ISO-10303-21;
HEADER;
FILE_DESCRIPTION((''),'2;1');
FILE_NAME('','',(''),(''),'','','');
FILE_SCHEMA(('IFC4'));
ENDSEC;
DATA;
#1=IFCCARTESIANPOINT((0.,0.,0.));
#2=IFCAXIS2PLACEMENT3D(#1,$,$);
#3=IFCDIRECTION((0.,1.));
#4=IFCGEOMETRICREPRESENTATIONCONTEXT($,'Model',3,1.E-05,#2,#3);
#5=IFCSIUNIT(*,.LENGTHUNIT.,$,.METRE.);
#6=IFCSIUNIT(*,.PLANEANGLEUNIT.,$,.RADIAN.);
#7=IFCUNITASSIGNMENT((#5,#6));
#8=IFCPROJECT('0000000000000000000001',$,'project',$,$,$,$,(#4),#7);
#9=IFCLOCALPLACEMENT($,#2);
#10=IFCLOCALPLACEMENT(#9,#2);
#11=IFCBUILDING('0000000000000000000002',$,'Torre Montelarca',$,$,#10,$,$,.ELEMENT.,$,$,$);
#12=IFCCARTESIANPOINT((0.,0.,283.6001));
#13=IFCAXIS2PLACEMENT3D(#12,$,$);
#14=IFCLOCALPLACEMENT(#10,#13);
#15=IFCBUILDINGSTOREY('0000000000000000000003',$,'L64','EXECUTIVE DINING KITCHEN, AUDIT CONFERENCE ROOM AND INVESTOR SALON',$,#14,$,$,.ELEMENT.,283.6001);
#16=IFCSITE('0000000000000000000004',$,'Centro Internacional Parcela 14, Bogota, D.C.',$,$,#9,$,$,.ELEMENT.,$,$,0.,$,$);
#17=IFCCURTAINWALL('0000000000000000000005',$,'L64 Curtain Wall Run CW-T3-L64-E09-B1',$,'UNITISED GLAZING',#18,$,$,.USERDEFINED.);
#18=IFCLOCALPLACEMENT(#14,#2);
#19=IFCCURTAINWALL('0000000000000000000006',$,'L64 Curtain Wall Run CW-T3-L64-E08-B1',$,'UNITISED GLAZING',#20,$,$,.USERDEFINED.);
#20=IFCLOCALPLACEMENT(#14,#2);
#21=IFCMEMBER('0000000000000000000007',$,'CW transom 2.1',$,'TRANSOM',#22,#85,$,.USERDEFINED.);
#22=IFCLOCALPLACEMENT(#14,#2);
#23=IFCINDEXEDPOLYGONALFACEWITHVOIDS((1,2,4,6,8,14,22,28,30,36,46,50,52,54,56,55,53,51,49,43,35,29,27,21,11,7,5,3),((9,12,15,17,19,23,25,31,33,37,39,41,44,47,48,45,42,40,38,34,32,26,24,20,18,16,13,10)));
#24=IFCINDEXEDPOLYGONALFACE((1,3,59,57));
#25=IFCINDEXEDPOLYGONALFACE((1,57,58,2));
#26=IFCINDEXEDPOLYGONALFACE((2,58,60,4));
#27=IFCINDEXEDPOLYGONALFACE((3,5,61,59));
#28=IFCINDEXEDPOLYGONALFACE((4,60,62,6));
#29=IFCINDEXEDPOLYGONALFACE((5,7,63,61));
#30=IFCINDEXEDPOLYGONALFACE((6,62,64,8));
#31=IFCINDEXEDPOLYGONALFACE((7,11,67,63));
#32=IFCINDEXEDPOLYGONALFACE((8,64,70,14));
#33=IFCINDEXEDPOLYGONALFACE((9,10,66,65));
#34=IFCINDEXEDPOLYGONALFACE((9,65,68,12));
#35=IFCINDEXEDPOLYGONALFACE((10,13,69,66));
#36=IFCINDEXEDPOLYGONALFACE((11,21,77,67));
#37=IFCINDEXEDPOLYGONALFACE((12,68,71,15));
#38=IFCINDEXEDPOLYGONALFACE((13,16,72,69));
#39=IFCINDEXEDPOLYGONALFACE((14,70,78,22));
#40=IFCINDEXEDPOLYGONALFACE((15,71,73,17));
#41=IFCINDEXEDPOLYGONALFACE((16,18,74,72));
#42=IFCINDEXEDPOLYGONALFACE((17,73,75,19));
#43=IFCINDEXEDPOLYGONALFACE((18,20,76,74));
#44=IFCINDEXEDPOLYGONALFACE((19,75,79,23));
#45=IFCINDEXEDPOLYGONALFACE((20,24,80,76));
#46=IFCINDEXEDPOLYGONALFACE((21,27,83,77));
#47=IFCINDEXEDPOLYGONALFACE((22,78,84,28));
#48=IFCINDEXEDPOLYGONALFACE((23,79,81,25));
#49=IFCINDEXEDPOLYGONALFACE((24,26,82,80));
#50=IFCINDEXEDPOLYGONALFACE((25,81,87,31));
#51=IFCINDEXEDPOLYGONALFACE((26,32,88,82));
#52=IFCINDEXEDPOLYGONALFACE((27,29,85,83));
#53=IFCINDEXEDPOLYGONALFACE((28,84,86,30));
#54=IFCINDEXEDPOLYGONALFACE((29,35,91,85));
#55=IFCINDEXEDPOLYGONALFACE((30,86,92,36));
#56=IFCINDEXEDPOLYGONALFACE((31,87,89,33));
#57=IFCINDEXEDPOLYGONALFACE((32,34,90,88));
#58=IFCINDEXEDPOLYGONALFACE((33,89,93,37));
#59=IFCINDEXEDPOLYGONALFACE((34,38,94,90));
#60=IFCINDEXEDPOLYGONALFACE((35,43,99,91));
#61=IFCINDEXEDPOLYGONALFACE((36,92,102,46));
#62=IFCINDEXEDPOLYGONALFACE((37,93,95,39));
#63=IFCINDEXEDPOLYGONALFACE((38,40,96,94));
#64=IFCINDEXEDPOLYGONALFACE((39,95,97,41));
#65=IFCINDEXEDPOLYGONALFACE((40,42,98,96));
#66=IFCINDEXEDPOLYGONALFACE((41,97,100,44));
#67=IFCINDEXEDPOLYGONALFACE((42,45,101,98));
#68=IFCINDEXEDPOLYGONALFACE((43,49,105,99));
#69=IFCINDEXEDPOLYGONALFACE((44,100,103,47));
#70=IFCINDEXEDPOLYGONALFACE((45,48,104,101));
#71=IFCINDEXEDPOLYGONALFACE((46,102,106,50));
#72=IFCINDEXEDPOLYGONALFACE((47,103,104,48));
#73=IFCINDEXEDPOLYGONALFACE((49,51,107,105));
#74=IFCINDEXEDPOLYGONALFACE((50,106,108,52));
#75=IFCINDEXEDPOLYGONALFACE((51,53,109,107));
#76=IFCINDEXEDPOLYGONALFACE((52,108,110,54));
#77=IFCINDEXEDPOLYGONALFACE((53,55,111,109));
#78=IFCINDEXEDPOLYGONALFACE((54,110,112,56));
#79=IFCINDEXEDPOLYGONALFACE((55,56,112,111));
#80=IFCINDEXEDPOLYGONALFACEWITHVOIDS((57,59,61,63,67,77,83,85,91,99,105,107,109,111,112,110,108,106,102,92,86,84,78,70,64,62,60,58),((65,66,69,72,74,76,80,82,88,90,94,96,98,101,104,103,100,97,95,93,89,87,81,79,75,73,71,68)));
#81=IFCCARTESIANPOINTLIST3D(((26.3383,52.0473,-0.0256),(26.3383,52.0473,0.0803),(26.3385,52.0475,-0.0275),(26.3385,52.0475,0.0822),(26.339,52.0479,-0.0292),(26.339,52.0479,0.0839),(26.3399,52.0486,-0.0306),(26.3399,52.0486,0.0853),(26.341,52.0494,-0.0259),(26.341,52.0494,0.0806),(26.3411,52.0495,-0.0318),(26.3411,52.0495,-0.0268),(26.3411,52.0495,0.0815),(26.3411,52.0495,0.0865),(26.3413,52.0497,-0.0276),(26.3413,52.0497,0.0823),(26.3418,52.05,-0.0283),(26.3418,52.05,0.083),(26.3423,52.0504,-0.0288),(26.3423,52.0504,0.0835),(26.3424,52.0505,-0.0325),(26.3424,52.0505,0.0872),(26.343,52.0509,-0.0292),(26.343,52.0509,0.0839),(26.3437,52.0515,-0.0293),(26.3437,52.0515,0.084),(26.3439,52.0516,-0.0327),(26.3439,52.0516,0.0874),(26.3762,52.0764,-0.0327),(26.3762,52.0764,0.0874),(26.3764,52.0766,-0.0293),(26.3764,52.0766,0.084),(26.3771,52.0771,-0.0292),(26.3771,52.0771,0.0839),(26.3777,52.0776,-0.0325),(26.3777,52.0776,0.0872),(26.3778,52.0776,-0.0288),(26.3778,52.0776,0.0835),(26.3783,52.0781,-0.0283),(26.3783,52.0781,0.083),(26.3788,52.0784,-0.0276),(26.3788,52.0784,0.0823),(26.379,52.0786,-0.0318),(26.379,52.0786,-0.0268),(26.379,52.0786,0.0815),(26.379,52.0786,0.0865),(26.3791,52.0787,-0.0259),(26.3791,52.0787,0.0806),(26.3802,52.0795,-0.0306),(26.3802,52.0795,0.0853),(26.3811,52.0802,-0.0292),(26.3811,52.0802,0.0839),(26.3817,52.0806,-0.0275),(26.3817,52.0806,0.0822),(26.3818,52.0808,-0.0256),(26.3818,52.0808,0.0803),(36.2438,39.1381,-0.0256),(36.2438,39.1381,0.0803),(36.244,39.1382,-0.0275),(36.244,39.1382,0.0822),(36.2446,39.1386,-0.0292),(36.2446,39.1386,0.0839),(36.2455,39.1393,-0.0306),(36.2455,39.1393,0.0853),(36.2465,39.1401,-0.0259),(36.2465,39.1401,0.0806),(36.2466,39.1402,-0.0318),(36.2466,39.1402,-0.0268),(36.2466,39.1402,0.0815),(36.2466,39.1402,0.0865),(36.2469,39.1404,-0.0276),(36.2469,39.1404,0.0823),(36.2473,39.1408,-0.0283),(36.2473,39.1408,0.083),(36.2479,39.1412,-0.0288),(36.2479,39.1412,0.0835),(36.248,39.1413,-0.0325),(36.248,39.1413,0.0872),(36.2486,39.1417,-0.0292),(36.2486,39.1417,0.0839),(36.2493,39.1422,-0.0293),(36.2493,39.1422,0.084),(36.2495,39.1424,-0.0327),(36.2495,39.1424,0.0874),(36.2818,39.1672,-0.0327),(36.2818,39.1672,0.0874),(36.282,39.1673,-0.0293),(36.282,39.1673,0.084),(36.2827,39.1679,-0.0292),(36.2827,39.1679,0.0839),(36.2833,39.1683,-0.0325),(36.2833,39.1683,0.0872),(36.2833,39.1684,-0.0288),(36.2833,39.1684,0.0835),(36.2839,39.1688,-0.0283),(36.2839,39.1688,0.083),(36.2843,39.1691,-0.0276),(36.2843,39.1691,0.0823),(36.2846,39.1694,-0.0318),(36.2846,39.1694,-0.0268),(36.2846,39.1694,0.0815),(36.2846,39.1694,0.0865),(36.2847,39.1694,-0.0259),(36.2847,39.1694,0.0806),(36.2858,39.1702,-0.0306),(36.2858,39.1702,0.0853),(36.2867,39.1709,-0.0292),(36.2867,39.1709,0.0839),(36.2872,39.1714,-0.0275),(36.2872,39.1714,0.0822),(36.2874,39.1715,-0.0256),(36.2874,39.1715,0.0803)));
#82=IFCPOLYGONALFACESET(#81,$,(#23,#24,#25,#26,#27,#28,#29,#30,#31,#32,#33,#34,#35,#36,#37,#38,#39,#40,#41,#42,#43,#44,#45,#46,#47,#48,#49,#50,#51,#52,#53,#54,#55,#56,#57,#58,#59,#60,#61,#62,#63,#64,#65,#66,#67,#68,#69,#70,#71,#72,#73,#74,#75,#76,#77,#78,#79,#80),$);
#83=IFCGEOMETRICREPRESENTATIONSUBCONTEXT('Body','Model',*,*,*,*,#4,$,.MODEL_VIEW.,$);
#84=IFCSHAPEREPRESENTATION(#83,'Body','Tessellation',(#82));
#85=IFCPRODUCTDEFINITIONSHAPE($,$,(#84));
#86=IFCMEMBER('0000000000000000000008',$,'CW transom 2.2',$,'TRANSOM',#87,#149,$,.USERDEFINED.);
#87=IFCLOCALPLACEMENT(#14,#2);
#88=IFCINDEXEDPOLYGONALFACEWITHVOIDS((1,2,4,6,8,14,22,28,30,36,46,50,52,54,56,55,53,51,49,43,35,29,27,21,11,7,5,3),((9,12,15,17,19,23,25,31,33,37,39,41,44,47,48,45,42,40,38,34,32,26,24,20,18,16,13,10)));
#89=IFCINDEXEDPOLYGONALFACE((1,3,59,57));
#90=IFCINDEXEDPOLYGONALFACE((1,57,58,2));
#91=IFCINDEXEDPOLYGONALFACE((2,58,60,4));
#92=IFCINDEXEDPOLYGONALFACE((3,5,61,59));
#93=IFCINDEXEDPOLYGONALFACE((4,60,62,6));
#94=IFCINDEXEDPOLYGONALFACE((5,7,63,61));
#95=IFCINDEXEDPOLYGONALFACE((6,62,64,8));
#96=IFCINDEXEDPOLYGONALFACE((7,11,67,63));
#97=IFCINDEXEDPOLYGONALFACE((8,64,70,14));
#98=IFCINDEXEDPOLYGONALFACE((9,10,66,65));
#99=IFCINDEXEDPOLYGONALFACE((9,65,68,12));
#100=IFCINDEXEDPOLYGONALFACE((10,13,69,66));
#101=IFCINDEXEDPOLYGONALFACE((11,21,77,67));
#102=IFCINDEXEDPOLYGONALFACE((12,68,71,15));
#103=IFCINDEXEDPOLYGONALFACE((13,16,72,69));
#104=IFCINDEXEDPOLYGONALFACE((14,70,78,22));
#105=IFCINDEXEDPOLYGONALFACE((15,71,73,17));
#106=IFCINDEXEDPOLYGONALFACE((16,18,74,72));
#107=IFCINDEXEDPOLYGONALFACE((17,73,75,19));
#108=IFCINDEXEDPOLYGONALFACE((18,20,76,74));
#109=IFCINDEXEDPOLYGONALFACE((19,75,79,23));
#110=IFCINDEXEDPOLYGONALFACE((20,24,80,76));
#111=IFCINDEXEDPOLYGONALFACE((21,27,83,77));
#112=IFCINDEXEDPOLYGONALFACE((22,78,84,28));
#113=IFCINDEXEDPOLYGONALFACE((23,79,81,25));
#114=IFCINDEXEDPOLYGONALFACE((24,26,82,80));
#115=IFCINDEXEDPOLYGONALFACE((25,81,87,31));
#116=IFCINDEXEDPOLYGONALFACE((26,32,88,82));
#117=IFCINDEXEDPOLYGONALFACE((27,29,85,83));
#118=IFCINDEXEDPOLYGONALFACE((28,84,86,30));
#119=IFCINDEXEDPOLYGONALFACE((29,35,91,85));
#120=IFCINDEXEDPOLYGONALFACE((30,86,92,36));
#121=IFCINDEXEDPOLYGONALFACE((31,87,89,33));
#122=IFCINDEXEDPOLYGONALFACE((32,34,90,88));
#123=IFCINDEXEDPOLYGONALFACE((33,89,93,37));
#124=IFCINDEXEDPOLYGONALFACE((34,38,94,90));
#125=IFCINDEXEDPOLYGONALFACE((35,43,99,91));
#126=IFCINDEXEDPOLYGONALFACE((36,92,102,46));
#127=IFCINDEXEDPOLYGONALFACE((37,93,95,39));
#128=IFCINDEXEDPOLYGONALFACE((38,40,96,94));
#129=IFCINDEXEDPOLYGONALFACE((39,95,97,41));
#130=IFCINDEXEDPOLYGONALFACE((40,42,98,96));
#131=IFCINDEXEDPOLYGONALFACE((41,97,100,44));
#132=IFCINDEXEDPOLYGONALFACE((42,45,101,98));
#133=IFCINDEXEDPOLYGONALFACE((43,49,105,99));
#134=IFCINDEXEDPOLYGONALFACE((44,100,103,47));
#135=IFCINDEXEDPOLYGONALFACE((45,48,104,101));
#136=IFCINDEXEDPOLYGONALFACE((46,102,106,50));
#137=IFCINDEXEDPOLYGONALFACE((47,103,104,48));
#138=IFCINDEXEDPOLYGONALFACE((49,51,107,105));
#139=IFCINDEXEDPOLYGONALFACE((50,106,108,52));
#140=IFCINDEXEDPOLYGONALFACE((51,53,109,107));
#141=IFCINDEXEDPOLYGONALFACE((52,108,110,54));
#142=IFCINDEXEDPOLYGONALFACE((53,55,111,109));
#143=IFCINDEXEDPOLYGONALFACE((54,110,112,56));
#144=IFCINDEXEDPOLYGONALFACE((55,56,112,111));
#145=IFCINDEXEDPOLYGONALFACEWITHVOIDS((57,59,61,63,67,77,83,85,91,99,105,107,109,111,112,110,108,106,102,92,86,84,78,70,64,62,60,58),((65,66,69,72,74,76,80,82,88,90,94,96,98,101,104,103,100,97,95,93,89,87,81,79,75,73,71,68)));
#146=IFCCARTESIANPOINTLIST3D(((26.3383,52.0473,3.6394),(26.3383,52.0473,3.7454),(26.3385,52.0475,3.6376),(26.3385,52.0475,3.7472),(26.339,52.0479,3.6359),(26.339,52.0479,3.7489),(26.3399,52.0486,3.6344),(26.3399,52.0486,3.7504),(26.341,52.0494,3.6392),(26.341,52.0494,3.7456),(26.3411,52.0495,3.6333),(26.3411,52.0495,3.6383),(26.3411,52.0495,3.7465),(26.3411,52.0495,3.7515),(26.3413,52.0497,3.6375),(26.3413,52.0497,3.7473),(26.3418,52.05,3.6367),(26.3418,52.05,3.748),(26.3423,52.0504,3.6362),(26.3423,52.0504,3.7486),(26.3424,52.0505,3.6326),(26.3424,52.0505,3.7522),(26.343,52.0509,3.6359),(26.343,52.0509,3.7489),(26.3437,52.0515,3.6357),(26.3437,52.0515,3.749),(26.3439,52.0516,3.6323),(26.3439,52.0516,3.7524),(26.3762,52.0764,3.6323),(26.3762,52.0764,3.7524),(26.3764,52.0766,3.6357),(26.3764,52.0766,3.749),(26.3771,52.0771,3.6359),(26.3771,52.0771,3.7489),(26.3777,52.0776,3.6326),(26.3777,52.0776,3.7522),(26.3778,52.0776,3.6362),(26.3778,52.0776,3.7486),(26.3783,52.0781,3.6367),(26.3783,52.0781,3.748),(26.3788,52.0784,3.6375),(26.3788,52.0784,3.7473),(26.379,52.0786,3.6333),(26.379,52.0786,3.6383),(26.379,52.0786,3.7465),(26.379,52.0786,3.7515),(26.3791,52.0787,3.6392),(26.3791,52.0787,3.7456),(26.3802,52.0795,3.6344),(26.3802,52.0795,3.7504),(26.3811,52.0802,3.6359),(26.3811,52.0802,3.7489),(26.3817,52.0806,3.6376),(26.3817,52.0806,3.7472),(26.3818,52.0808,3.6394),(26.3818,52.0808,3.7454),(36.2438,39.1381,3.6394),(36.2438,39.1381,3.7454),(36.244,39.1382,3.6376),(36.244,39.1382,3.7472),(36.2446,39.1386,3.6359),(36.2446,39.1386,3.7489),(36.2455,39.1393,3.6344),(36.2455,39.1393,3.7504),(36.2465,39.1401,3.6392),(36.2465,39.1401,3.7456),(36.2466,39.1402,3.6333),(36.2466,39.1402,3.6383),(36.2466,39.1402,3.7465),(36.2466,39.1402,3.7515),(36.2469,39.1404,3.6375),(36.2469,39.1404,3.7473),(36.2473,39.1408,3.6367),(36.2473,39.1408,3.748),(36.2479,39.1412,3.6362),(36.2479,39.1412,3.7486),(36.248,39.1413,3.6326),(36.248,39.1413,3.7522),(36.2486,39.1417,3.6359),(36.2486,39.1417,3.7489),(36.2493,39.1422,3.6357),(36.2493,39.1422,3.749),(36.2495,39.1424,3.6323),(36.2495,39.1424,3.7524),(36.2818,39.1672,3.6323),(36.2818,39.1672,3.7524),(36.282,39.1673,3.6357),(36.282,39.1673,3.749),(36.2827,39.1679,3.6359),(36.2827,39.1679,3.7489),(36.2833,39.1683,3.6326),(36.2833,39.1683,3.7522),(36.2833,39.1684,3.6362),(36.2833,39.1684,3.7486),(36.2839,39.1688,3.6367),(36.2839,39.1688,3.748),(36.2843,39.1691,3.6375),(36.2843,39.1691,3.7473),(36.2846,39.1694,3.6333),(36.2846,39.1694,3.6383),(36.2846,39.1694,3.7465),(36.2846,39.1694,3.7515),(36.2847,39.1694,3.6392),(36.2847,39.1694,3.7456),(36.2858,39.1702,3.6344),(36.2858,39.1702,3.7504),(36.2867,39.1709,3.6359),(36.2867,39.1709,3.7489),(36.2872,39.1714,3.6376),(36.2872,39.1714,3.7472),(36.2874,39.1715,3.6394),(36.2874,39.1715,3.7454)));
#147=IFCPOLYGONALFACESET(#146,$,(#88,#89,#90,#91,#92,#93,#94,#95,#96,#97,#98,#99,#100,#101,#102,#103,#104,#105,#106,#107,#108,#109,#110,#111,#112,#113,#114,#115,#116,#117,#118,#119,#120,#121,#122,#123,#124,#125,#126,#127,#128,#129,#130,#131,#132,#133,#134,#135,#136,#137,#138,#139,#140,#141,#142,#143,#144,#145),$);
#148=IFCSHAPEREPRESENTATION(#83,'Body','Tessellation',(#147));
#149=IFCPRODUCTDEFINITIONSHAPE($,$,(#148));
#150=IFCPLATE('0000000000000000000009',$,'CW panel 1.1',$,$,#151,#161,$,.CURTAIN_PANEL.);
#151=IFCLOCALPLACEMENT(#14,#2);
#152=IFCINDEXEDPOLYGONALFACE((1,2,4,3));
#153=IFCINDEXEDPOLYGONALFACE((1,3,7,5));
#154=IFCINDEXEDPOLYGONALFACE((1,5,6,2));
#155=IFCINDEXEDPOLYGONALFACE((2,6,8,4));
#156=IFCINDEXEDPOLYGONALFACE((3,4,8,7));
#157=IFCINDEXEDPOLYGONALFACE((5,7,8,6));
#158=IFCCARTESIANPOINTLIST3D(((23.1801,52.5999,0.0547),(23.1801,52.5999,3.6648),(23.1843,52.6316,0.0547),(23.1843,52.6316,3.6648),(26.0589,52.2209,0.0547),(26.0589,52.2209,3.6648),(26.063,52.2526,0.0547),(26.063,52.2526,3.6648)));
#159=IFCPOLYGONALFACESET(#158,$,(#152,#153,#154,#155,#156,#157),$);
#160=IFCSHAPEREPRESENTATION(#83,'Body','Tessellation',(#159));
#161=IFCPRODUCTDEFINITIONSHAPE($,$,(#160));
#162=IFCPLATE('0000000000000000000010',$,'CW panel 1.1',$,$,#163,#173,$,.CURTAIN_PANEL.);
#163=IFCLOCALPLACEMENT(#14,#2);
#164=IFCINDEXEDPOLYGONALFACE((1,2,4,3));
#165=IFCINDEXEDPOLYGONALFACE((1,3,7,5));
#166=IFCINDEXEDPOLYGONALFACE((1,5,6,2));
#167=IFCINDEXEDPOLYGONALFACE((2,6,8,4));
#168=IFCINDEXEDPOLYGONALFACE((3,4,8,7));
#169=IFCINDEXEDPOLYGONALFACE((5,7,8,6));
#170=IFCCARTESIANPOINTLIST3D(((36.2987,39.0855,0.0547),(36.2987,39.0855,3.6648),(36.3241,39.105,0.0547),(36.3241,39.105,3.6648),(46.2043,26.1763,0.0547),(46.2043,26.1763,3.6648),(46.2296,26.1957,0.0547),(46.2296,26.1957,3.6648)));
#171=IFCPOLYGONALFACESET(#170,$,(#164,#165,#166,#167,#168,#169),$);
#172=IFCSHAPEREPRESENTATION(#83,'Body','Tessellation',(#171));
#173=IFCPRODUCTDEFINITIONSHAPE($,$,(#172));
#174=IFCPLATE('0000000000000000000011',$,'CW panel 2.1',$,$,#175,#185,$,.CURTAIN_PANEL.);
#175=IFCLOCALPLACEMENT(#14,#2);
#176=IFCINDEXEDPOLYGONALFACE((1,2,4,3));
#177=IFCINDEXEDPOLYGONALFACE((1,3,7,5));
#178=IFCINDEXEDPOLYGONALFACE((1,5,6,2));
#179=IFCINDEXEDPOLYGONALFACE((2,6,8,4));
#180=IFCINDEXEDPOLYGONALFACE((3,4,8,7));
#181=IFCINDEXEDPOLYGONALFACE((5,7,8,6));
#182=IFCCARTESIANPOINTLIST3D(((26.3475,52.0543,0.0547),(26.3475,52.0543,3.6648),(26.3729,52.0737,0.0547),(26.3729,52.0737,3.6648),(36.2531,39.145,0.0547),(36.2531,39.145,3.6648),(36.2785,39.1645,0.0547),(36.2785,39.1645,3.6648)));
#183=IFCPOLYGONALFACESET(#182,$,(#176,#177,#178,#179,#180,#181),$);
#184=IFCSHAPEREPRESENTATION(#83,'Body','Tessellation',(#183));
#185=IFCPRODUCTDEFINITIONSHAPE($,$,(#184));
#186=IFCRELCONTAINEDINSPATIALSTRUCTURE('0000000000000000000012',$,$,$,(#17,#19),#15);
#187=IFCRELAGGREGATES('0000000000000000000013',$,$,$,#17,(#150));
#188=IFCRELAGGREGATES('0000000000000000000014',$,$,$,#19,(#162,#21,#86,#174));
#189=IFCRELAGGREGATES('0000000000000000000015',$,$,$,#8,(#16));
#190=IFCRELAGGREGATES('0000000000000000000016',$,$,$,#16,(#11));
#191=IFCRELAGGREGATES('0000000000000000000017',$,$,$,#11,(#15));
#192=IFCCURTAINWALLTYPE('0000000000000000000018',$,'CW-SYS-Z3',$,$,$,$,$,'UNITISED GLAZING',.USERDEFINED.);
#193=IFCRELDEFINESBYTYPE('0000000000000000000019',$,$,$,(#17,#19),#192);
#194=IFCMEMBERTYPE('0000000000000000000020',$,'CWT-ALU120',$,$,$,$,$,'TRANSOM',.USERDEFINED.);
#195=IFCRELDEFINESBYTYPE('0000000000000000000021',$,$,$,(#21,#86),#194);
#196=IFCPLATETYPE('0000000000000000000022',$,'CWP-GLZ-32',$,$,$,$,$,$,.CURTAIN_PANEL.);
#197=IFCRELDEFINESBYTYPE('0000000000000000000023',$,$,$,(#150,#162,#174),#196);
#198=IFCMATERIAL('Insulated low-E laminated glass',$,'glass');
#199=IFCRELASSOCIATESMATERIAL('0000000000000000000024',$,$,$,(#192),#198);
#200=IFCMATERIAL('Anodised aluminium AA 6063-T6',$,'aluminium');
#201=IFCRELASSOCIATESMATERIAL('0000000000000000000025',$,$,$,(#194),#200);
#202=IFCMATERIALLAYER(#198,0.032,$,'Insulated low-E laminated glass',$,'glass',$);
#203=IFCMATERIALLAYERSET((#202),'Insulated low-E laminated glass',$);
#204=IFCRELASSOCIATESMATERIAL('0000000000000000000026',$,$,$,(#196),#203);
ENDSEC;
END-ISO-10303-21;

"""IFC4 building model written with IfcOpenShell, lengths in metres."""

from ifc_helpers import new_model, si_unit, direction, frame, origin, origin_2d, place, context, subcontext, project, spatial, rectangle, hollow_rectangle, extrude, source, transform, mapped, material, layer, layer_set, material_profile, profile_set, type_object, element, aggregate, save


model = new_model("IFC4")

# Units and contexts
model_context = context("Model", 3, precision=1e-05, world=origin(), true_north=direction((0.0, 1.0)))
body_context = subcontext(model_context, "Body", "Model", "MODEL_VIEW")
ifc_project = project(units=[si_unit("LENGTHUNIT", "METRE"), si_unit("PLANEANGLEUNIT", "RADIAN")], contexts=[model_context])

# Site, building, storey
site_placement = place(None, origin())
site = spatial("IfcSite", under=ifc_project, at=site_placement, Name="Centro Internacional Parcela 14, Bogota, D.C.", CompositionType="ELEMENT", RefElevation=0.0)
building_placement = place(site_placement, origin())
building = spatial("IfcBuilding", under=site, at=building_placement, Name="Torre Montelarca", CompositionType="ELEMENT")
storey_placement = place(building_placement, frame((0.0, 0.0, 283.6001)))
storey = spatial("IfcBuildingStorey", under=building, at=storey_placement, Name="L64", Description="EXECUTIVE DINING KITCHEN, AUDIT CONFERENCE ROOM AND INVESTOR SALON", CompositionType="ELEMENT", Elevation=283.6001)

# Curtain wall
ifc_material_1 = material(Name="Insulated low-E laminated glass", Category="glass")
curtain_wall_type = type_object("IfcCurtainWallType", Name="CW-SYS-Z3", ElementType="UNITISED GLAZING", PredefinedType="USERDEFINED", material=ifc_material_1)
curtain_wall_1_placement = place(storey_placement, origin())
curtain_wall_1 = element("IfcCurtainWall", 1, at=curtain_wall_1_placement, inside=storey, type_object=curtain_wall_type, Name="L64 Curtain Wall Run CW-T3-L64-E09-B1", ObjectType="UNITISED GLAZING", PredefinedType="USERDEFINED")
ifc_material_2 = material(Name="Anodised aluminium AA 6063-T6", Category="aluminium")
ifc_material_profile_1 = material_profile(ifc_material_2, hollow_rectangle(XDim=0.0549, YDim=0.1201, WallThickness=0.0034, InnerFilletRadius=0.0034, OuterFilletRadius=0.0071, at=origin_2d()), Name="ALU55X120X3.5", Category="aluminium")
ifc_profile_set_1 = profile_set([ifc_material_profile_1], Name="Anodised aluminium AA 6063-T6")
member_type_1 = type_object("IfcMemberType", Name="CWT-ALU120", ElementType="TRANSOM", PredefinedType="USERDEFINED", material=ifc_profile_set_1)

# Curtain wall
curtain_wall_2_placement = place(storey_placement, origin())
curtain_wall_2 = element("IfcCurtainWall", 2, at=curtain_wall_2_placement, inside=storey, type_object=curtain_wall_type, Name="L64 Curtain Wall Run CW-T3-L64-E08-B1", ObjectType="UNITISED GLAZING", PredefinedType="USERDEFINED")

# Members
shared_shape_1 = source(origin(), body_context, "Body", "SweptSolid", [
    extrude(hollow_rectangle(XDim=0.0549, YDim=0.1201, WallThickness=0.0034, InnerFilletRadius=0.0034, OuterFilletRadius=0.0071, at=origin_2d()), origin(), (0.0, 0.0, 1.0), 16.2717),
])
member_1_placement = place(storey_placement, frame((36.2656, 39.1548, 0.0273), z_axis=(-0.60876, 0.793355, 0.0), x_axis=(-0.793355, -0.60876, 0.0)))
member_1 = element("IfcMember", 3, at=member_1_placement, type_object=member_type_1, Name="CW transom 2.1", ObjectType="TRANSOM", PredefinedType="USERDEFINED", context=body_context, shape_type="MappedRepresentation", body=[
    mapped(shared_shape_1, transform((0.0, 0.0, 0.0), scale=1.0)),
])
member_2_placement = place(storey_placement, frame((36.2656, 39.1548, 3.6924), z_axis=(-0.60876, 0.793355, 0.0), x_axis=(-0.793355, -0.60876, 0.0)))
member_2 = element("IfcMember", 4, at=member_2_placement, type_object=member_type_1, Name="CW transom 2.2", ObjectType="TRANSOM", PredefinedType="USERDEFINED", context=body_context, shape_type="MappedRepresentation", body=[
    mapped(shared_shape_1, transform((0.0, 0.0, 0.0), scale=1.0)),
])

# Plates
ifc_layer_1 = layer(ifc_material_1, 0.032, Name="Insulated low-E laminated glass", Category="glass")
ifc_layer_set_1 = layer_set([ifc_layer_1], Name="Insulated low-E laminated glass")
plate_type = type_object("IfcPlateType", Name="CWP-GLZ-32", PredefinedType="CURTAIN_PANEL", material=ifc_layer_set_1)
shared_shape_2 = source(origin(), body_context, "Body", "SweptSolid", [
    extrude(rectangle(XDim=2.9036, YDim=0.032, at=origin_2d()), origin(), (0.0, 0.0, 1.0), 3.6101),
])
plate_1_placement = place(storey_placement, frame((24.6216, 52.4263, 0.0547), z_axis=(0.0, 0.0, 1.0), x_axis=(-0.991446, 0.130514, 0.0)))
plate_1 = element("IfcPlate", 5, at=plate_1_placement, type_object=plate_type, Name="CW panel 1.1", PredefinedType="CURTAIN_PANEL", context=body_context, shape_type="MappedRepresentation", body=[
    mapped(shared_shape_2, transform((0.0, 0.0, 0.0), scale=1.0)),
])
aggregate(curtain_wall_1, [plate_1])
shared_shape_3 = source(origin(), body_context, "Body", "SweptSolid", [
    extrude(rectangle(XDim=16.2717, YDim=0.032, at=origin_2d()), origin(), (0.0, 0.0, 1.0), 3.6101),
])
plate_2_placement = place(storey_placement, frame((41.2642, 32.6406, 0.0547), z_axis=(0.0, 0.0, 1.0), x_axis=(-0.608761, 0.793354, 0.0)))
plate_2 = element("IfcPlate", 6, at=plate_2_placement, type_object=plate_type, Name="CW panel 1.1", PredefinedType="CURTAIN_PANEL", context=body_context, shape_type="MappedRepresentation", body=[
    mapped(shared_shape_3, transform((0.0, 0.0, 0.0), scale=1.0)),
])
plate_3_placement = place(storey_placement, frame((31.313, 45.6094, 0.0547), z_axis=(0.0, 0.0, 1.0), x_axis=(-0.608761, 0.793354, 0.0)))
plate_3 = element("IfcPlate", 7, at=plate_3_placement, type_object=plate_type, Name="CW panel 2.1", PredefinedType="CURTAIN_PANEL", context=body_context, shape_type="MappedRepresentation", body=[
    mapped(shared_shape_3, transform((0.0, 0.0, 0.0), scale=1.0)),
])
aggregate(curtain_wall_2, [plate_2, member_1, member_2, plate_3])

save(model, "model.ifc")
